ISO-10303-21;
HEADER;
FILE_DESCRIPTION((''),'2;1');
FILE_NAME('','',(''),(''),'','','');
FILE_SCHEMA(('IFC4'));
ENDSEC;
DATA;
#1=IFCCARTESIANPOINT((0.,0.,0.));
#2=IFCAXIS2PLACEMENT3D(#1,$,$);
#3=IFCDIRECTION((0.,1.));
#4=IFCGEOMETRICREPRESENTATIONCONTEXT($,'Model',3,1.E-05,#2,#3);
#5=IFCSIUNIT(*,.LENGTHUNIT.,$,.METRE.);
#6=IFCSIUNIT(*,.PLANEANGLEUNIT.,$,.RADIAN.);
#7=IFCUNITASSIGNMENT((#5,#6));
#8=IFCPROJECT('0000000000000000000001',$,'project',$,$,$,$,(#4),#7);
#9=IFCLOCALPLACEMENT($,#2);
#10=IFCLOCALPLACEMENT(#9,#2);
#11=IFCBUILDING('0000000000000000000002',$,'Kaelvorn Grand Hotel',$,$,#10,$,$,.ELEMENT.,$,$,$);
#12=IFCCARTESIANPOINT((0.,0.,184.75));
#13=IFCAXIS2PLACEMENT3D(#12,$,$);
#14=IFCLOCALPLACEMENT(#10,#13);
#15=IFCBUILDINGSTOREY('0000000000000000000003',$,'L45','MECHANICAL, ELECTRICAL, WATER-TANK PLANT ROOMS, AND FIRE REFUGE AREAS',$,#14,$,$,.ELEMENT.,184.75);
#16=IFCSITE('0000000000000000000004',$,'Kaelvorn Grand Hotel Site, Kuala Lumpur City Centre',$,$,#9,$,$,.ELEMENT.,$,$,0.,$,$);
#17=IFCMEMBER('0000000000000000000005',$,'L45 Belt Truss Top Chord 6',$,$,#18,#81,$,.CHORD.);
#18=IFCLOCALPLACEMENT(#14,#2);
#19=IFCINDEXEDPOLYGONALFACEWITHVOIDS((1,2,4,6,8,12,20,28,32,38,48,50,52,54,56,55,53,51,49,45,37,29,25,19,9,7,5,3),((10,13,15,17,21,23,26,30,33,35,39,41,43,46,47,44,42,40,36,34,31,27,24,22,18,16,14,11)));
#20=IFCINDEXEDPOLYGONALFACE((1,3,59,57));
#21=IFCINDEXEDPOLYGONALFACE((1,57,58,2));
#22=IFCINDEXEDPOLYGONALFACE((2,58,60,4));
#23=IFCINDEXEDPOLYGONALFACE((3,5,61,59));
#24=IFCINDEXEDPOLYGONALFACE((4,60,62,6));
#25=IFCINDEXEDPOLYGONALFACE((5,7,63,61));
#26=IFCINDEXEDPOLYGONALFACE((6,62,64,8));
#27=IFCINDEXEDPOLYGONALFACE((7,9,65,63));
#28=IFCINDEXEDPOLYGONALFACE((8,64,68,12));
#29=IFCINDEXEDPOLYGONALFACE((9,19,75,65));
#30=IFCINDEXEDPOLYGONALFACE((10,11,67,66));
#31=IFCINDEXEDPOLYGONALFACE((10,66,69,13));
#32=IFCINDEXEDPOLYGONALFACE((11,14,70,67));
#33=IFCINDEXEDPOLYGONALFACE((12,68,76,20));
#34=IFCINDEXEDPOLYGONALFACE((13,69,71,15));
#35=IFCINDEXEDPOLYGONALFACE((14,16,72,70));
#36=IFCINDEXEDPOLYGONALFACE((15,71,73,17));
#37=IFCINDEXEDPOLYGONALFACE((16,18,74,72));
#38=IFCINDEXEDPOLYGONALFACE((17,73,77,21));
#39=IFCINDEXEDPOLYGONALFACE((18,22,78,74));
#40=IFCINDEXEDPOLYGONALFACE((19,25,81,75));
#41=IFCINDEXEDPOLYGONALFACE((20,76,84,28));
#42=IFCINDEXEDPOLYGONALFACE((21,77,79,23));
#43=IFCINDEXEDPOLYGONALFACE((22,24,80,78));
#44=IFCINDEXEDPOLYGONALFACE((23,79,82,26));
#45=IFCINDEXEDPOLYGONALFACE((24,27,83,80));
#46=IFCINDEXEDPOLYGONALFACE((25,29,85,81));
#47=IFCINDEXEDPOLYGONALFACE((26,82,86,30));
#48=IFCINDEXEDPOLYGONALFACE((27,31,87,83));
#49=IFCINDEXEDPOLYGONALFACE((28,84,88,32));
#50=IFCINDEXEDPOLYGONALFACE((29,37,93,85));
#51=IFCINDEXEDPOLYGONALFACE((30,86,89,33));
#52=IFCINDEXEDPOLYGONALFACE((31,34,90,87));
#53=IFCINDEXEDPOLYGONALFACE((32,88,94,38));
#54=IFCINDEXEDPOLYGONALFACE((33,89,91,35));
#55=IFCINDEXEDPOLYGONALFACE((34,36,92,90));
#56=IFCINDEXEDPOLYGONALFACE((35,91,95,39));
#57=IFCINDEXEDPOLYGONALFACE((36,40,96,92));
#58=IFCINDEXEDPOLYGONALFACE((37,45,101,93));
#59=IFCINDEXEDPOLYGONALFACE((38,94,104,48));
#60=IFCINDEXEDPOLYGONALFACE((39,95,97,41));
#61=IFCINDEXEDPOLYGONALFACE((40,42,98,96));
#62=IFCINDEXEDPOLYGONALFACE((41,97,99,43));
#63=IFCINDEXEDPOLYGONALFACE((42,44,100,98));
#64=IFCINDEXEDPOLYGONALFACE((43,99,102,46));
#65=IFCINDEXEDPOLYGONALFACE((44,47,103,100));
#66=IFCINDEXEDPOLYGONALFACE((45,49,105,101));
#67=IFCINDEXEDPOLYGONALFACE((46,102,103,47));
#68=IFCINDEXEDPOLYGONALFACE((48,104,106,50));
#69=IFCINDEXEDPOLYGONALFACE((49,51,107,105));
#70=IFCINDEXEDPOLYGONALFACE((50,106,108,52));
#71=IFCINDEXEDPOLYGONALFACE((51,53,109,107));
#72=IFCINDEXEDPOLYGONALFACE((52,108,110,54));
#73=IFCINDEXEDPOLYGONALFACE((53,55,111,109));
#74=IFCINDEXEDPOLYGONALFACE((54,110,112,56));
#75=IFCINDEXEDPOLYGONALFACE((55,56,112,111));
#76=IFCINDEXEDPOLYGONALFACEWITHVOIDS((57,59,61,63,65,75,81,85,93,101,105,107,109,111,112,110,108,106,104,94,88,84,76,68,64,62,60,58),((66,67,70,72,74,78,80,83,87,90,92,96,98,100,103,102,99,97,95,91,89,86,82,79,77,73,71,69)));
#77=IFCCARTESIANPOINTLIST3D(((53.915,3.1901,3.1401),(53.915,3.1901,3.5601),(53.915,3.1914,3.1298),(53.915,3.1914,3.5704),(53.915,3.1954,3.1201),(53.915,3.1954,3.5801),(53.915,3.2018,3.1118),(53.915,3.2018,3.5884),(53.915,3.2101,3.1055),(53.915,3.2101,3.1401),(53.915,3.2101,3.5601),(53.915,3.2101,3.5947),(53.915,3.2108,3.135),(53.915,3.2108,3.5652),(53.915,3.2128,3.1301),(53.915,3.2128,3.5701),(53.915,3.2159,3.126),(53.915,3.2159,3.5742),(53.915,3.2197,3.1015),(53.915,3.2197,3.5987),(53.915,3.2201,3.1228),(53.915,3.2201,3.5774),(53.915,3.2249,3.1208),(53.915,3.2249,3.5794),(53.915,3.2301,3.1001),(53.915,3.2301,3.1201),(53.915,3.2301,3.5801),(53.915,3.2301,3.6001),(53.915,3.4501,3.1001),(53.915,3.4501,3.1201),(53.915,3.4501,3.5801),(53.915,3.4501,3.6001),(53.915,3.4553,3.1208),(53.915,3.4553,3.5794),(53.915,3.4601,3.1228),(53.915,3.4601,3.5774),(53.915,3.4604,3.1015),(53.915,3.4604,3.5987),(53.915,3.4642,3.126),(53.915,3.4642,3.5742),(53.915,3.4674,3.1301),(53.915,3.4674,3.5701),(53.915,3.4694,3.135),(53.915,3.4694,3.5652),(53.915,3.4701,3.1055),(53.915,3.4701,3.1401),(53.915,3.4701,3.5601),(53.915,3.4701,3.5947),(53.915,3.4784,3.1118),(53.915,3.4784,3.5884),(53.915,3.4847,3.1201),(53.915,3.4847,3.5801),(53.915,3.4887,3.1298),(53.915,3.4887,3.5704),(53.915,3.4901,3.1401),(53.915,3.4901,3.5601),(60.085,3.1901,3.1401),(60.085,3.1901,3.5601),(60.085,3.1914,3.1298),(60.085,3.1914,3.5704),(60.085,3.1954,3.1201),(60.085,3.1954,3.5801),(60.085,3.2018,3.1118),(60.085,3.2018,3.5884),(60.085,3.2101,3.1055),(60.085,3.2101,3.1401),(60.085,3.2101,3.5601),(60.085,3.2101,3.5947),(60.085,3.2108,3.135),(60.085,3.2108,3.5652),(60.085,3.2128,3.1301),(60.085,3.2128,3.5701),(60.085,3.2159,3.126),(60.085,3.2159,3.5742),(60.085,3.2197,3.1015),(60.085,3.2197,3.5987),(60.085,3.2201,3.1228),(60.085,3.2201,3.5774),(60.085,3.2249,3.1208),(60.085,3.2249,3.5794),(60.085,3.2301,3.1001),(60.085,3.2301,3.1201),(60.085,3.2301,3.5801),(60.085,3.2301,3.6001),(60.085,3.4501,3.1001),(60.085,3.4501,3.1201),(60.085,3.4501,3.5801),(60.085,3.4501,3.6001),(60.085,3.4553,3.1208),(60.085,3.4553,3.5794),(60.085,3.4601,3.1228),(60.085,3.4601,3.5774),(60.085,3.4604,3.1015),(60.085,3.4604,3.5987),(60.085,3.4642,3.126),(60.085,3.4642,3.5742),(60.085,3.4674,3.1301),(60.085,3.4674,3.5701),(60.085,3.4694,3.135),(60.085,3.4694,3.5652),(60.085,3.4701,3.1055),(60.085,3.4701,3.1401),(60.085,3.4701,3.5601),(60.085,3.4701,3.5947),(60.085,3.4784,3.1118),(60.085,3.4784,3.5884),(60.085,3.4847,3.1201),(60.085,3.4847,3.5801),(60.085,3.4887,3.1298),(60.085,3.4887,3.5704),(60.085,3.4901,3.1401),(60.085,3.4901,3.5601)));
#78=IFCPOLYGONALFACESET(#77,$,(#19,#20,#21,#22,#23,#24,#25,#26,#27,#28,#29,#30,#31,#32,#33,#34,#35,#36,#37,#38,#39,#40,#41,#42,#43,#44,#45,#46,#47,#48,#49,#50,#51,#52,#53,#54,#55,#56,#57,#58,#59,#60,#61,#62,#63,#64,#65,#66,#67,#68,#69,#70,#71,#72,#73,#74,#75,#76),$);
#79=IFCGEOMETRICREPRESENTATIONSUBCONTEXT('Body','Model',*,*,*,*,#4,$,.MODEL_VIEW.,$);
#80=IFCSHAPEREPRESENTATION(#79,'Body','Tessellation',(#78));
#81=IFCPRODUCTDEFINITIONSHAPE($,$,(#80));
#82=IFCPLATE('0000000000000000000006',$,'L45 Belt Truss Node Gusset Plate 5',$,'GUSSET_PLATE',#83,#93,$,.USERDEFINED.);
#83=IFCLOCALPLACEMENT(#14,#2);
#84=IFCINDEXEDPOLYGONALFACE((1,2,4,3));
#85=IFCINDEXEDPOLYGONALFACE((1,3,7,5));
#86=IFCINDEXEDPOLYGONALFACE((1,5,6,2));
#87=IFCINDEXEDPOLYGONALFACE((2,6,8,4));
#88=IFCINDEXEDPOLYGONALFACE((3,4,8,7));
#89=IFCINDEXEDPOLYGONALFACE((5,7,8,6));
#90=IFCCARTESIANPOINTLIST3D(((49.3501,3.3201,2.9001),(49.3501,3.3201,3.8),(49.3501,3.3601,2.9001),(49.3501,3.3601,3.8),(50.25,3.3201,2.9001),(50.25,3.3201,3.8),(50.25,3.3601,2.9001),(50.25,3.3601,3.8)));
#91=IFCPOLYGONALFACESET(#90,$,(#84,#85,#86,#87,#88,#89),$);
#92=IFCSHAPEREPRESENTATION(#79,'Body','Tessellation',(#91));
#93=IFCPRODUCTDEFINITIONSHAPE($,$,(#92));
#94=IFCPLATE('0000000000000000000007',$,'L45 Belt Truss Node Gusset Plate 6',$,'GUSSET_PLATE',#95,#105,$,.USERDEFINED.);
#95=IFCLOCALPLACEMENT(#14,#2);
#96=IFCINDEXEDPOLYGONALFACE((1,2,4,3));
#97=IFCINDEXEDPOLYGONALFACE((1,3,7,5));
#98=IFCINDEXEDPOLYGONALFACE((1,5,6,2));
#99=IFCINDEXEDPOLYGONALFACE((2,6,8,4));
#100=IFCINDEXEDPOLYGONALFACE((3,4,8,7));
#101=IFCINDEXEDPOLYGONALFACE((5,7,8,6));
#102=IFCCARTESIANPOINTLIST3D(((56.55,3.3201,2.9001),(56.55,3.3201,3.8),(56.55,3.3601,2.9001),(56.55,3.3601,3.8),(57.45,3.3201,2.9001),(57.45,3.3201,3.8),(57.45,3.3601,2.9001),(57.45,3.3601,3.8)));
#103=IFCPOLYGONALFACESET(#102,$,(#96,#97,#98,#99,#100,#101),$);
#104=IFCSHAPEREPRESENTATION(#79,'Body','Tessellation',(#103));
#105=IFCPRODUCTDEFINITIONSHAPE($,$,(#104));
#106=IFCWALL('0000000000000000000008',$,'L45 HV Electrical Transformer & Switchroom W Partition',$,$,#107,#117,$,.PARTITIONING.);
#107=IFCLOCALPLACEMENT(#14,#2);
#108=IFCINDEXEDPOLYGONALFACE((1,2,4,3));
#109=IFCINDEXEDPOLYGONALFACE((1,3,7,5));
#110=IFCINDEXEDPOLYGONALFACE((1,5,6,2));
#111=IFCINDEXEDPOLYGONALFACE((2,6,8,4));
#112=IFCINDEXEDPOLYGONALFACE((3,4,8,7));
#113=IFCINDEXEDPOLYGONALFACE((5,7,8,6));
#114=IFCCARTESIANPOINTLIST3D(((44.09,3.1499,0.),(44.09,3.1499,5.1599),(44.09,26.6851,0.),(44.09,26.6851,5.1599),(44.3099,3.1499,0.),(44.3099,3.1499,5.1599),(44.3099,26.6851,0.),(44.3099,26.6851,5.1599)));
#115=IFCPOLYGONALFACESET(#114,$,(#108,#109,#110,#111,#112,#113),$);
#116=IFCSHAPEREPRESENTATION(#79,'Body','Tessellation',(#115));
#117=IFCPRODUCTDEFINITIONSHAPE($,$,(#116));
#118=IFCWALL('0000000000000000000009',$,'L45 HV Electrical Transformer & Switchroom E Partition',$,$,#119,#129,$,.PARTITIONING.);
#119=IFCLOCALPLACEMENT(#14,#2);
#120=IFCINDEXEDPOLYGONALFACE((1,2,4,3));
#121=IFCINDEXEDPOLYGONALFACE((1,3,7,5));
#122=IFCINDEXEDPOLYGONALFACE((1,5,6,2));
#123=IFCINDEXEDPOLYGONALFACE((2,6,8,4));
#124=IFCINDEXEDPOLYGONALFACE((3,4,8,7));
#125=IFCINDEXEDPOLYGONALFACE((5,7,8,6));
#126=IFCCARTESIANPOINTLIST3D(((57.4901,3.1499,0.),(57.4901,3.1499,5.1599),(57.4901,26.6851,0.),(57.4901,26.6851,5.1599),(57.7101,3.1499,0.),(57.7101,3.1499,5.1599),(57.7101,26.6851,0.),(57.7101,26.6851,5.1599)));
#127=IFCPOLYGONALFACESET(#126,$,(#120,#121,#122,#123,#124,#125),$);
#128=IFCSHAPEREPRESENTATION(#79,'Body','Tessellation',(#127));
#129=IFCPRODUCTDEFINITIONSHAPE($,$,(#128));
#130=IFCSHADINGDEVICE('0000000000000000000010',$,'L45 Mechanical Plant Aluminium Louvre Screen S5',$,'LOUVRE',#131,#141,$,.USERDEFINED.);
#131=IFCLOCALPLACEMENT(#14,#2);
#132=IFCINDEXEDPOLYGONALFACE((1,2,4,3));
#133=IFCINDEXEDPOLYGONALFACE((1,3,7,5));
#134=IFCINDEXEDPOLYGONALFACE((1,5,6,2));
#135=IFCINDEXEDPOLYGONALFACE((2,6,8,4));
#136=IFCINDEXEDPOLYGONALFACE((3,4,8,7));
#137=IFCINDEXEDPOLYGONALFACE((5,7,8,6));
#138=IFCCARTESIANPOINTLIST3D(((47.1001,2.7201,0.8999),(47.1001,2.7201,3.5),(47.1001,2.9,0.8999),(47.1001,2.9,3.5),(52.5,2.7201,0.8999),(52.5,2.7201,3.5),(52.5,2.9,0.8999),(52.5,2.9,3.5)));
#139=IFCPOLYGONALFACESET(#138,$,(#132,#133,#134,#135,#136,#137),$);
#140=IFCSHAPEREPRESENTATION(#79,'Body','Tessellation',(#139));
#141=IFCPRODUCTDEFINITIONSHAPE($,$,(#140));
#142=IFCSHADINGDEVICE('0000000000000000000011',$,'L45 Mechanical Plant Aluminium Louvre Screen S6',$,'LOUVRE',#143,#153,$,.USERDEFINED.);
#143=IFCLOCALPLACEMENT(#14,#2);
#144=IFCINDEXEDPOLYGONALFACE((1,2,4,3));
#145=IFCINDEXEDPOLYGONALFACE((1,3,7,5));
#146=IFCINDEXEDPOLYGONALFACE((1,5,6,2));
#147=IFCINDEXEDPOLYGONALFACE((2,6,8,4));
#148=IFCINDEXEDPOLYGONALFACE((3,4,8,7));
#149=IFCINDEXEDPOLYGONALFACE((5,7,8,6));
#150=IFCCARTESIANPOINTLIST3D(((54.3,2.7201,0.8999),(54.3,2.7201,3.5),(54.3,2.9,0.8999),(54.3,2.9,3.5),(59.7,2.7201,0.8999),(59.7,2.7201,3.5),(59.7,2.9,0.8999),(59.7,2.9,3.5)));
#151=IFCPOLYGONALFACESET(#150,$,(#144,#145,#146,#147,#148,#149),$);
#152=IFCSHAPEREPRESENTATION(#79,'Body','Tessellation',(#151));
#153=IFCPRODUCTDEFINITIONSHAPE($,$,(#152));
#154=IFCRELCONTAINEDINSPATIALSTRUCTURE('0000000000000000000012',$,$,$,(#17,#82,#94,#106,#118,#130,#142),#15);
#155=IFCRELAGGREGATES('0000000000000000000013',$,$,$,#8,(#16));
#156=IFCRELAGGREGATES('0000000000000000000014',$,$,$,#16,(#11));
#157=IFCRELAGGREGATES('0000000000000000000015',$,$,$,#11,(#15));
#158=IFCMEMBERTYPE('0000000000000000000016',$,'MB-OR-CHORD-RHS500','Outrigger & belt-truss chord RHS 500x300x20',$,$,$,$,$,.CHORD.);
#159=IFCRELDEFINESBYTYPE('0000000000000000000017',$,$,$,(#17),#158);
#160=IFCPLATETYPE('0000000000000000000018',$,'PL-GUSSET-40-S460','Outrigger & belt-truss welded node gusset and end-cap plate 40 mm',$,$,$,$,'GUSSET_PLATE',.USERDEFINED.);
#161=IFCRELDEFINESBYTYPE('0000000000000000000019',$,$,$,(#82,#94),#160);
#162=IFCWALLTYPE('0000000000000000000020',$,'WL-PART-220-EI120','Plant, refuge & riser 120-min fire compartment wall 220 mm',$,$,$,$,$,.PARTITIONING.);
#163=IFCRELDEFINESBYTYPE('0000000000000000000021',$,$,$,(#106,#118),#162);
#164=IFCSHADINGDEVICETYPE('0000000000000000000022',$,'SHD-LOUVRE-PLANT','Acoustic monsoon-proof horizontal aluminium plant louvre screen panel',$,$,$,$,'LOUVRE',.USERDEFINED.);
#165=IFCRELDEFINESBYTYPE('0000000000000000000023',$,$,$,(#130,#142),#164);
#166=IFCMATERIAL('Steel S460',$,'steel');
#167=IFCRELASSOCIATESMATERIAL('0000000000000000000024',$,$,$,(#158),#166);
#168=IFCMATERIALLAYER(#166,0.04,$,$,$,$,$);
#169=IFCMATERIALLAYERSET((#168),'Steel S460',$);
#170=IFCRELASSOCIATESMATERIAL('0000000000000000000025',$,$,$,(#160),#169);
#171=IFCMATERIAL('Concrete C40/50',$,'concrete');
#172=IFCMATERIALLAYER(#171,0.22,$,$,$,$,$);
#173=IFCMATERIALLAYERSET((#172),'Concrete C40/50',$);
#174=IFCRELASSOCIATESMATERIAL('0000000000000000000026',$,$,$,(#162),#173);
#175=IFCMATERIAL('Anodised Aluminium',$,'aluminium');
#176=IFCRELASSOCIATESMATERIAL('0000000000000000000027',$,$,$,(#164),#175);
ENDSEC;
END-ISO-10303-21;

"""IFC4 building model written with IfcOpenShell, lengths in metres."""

from ifc_helpers import new_model, si_unit, direction, frame, frame_2d, origin, origin_2d, place, context, subcontext, project, spatial, rectangle, hollow_rectangle, extrude, material, layer, layer_set, material_profile, profile_set, type_object, element, save


model = new_model("IFC4")

# Units and contexts
model_context = context("Model", 3, precision=1e-05, world=origin(), true_north=direction((0.0, 1.0)))
body_context = subcontext(model_context, "Body", "Model", "MODEL_VIEW")
ifc_project = project(units=[si_unit("LENGTHUNIT", "METRE"), si_unit("PLANEANGLEUNIT", "RADIAN")], contexts=[model_context])

# Site, building, storey
site_placement = place(None, origin())
site = spatial("IfcSite", under=ifc_project, at=site_placement, Name="Kaelvorn Grand Hotel Site, Kuala Lumpur City Centre", CompositionType="ELEMENT", RefElevation=0.0)
building_placement = place(site_placement, origin())
building = spatial("IfcBuilding", under=site, at=building_placement, Name="Kaelvorn Grand Hotel", CompositionType="ELEMENT")
storey_placement = place(building_placement, frame((0.0, 0.0, 184.75)))
storey = spatial("IfcBuildingStorey", under=building, at=storey_placement, Name="L45", Description="MECHANICAL, ELECTRICAL, WATER-TANK PLANT ROOMS, AND FIRE REFUGE AREAS", CompositionType="ELEMENT", Elevation=184.75)

# Member
ifc_material_1 = material(Name="Steel S460", Category="steel")
ifc_material_profile_1 = material_profile(ifc_material_1, hollow_rectangle(XDim=0.3, YDim=0.5, WallThickness=0.02, InnerFilletRadius=0.02, OuterFilletRadius=0.04, at=origin_2d()), Name="RHS 500x300x20.0")
ifc_profile_set_1 = profile_set([ifc_material_profile_1], Name="Steel S460")
member_type_1 = type_object("IfcMemberType", Name="MB-OR-CHORD-RHS500", Description="Outrigger & belt-truss chord RHS 500x300x20", PredefinedType="CHORD", material=ifc_profile_set_1)
for number, where, z_axis, x_axis, name in (
    (1, (53.915, 3.3401, 3.3501), (1.0, 0.0, 0.0), (0.0, 1.0, 0.0), "L45 Belt Truss Top Chord 6"),
):
    element("IfcMember", number, at=place(storey_placement, frame(where, z_axis=z_axis, x_axis=x_axis)), inside=storey, type_object=member_type_1, Name=name, PredefinedType="CHORD", context=body_context, shape_type="SweptSolid", body=[
        extrude(hollow_rectangle(XDim=0.3, YDim=0.5, WallThickness=0.02, InnerFilletRadius=0.02, OuterFilletRadius=0.04, at=origin_2d()), origin(), (0.0, 0.0, 1.0), 6.1699),
    ])

# Plates
ifc_layer_1 = layer(ifc_material_1, 0.04)
ifc_layer_set_1 = layer_set([ifc_layer_1], Name="Steel S460")
plate_type = type_object("IfcPlateType", Name="PL-GUSSET-40-S460", Description="Outrigger & belt-truss welded node gusset and end-cap plate 40 mm", ElementType="GUSSET_PLATE", PredefinedType="USERDEFINED", material=ifc_layer_set_1)
for number, where, z_axis, x_axis, name in (
    (2, (49.8, 3.3401, 2.9001), (0.0, 0.0, 1.0), (1.0, 0.0, 0.0), "L45 Belt Truss Node Gusset Plate 5"),
    (3, (57.0, 3.3401, 2.9001), (0.0, 0.0, 1.0), (1.0, 0.0, 0.0), "L45 Belt Truss Node Gusset Plate 6"),
):
    element("IfcPlate", number, at=place(storey_placement, frame(where, z_axis=z_axis, x_axis=x_axis)), inside=storey, type_object=plate_type, Name=name, ObjectType="GUSSET_PLATE", PredefinedType="USERDEFINED", context=body_context, shape_type="SweptSolid", body=[
        extrude(rectangle(XDim=0.8999, YDim=0.04, at=origin_2d()), origin(), (0.0, 0.0, 1.0), 0.8999),
    ])

# Walls
ifc_material_2 = material(Name="Concrete C40/50", Category="concrete")
ifc_layer_2 = layer(ifc_material_2, 0.22)
ifc_layer_set_2 = layer_set([ifc_layer_2], Name="Concrete C40/50")
wall_type = type_object("IfcWallType", Name="WL-PART-220-EI120", Description="Plant, refuge & riser 120-min fire compartment wall 220 mm", PredefinedType="PARTITIONING", material=ifc_layer_set_2)
for number, where, z_axis, x_axis, name in (
    (4, (44.2, 3.1499, 0.0), (0.0, 0.0, 1.0), (0.0, 1.0, 0.0), "L45 HV Electrical Transformer & Switchroom W Partition"),
    (5, (57.6001, 3.1499, 0.0), (0.0, 0.0, 1.0), (0.0, 1.0, 0.0), "L45 HV Electrical Transformer & Switchroom E Partition"),
):
    element("IfcWall", number, at=place(storey_placement, frame(where, z_axis=z_axis, x_axis=x_axis)), inside=storey, type_object=wall_type, Name=name, PredefinedType="PARTITIONING", context=body_context, shape_type="SweptSolid", body=[
        extrude(rectangle(XDim=23.5352, YDim=0.22, at=frame_2d((11.7676, 0.0))), origin(), (0.0, 0.0, 1.0), 5.1599),
    ])

# Shading devices
ifc_material_3 = material(Name="Anodised Aluminium", Category="aluminium")
shading_device_type = type_object("IfcShadingDeviceType", Name="SHD-LOUVRE-PLANT", Description="Acoustic monsoon-proof horizontal aluminium plant louvre screen panel", ElementType="LOUVRE", PredefinedType="USERDEFINED", material=ifc_material_3)
for number, where, z_axis, x_axis, name in (
    (6, (49.8, 2.8101, 0.8999), (0.0, 0.0, 1.0), (1.0, 0.0, 0.0), "L45 Mechanical Plant Aluminium Louvre Screen S5"),
    (7, (57.0, 2.8101, 0.8999), (0.0, 0.0, 1.0), (1.0, 0.0, 0.0), "L45 Mechanical Plant Aluminium Louvre Screen S6"),
):
    element("IfcShadingDevice", number, at=place(storey_placement, frame(where, z_axis=z_axis, x_axis=x_axis)), inside=storey, type_object=shading_device_type, Name=name, ObjectType="LOUVRE", PredefinedType="USERDEFINED", context=body_context, shape_type="SweptSolid", body=[
        extrude(rectangle(XDim=5.3999, YDim=0.1799, at=origin_2d()), origin(), (0.0, 0.0, 1.0), 2.6001),
    ])

save(model, "model.ifc")
